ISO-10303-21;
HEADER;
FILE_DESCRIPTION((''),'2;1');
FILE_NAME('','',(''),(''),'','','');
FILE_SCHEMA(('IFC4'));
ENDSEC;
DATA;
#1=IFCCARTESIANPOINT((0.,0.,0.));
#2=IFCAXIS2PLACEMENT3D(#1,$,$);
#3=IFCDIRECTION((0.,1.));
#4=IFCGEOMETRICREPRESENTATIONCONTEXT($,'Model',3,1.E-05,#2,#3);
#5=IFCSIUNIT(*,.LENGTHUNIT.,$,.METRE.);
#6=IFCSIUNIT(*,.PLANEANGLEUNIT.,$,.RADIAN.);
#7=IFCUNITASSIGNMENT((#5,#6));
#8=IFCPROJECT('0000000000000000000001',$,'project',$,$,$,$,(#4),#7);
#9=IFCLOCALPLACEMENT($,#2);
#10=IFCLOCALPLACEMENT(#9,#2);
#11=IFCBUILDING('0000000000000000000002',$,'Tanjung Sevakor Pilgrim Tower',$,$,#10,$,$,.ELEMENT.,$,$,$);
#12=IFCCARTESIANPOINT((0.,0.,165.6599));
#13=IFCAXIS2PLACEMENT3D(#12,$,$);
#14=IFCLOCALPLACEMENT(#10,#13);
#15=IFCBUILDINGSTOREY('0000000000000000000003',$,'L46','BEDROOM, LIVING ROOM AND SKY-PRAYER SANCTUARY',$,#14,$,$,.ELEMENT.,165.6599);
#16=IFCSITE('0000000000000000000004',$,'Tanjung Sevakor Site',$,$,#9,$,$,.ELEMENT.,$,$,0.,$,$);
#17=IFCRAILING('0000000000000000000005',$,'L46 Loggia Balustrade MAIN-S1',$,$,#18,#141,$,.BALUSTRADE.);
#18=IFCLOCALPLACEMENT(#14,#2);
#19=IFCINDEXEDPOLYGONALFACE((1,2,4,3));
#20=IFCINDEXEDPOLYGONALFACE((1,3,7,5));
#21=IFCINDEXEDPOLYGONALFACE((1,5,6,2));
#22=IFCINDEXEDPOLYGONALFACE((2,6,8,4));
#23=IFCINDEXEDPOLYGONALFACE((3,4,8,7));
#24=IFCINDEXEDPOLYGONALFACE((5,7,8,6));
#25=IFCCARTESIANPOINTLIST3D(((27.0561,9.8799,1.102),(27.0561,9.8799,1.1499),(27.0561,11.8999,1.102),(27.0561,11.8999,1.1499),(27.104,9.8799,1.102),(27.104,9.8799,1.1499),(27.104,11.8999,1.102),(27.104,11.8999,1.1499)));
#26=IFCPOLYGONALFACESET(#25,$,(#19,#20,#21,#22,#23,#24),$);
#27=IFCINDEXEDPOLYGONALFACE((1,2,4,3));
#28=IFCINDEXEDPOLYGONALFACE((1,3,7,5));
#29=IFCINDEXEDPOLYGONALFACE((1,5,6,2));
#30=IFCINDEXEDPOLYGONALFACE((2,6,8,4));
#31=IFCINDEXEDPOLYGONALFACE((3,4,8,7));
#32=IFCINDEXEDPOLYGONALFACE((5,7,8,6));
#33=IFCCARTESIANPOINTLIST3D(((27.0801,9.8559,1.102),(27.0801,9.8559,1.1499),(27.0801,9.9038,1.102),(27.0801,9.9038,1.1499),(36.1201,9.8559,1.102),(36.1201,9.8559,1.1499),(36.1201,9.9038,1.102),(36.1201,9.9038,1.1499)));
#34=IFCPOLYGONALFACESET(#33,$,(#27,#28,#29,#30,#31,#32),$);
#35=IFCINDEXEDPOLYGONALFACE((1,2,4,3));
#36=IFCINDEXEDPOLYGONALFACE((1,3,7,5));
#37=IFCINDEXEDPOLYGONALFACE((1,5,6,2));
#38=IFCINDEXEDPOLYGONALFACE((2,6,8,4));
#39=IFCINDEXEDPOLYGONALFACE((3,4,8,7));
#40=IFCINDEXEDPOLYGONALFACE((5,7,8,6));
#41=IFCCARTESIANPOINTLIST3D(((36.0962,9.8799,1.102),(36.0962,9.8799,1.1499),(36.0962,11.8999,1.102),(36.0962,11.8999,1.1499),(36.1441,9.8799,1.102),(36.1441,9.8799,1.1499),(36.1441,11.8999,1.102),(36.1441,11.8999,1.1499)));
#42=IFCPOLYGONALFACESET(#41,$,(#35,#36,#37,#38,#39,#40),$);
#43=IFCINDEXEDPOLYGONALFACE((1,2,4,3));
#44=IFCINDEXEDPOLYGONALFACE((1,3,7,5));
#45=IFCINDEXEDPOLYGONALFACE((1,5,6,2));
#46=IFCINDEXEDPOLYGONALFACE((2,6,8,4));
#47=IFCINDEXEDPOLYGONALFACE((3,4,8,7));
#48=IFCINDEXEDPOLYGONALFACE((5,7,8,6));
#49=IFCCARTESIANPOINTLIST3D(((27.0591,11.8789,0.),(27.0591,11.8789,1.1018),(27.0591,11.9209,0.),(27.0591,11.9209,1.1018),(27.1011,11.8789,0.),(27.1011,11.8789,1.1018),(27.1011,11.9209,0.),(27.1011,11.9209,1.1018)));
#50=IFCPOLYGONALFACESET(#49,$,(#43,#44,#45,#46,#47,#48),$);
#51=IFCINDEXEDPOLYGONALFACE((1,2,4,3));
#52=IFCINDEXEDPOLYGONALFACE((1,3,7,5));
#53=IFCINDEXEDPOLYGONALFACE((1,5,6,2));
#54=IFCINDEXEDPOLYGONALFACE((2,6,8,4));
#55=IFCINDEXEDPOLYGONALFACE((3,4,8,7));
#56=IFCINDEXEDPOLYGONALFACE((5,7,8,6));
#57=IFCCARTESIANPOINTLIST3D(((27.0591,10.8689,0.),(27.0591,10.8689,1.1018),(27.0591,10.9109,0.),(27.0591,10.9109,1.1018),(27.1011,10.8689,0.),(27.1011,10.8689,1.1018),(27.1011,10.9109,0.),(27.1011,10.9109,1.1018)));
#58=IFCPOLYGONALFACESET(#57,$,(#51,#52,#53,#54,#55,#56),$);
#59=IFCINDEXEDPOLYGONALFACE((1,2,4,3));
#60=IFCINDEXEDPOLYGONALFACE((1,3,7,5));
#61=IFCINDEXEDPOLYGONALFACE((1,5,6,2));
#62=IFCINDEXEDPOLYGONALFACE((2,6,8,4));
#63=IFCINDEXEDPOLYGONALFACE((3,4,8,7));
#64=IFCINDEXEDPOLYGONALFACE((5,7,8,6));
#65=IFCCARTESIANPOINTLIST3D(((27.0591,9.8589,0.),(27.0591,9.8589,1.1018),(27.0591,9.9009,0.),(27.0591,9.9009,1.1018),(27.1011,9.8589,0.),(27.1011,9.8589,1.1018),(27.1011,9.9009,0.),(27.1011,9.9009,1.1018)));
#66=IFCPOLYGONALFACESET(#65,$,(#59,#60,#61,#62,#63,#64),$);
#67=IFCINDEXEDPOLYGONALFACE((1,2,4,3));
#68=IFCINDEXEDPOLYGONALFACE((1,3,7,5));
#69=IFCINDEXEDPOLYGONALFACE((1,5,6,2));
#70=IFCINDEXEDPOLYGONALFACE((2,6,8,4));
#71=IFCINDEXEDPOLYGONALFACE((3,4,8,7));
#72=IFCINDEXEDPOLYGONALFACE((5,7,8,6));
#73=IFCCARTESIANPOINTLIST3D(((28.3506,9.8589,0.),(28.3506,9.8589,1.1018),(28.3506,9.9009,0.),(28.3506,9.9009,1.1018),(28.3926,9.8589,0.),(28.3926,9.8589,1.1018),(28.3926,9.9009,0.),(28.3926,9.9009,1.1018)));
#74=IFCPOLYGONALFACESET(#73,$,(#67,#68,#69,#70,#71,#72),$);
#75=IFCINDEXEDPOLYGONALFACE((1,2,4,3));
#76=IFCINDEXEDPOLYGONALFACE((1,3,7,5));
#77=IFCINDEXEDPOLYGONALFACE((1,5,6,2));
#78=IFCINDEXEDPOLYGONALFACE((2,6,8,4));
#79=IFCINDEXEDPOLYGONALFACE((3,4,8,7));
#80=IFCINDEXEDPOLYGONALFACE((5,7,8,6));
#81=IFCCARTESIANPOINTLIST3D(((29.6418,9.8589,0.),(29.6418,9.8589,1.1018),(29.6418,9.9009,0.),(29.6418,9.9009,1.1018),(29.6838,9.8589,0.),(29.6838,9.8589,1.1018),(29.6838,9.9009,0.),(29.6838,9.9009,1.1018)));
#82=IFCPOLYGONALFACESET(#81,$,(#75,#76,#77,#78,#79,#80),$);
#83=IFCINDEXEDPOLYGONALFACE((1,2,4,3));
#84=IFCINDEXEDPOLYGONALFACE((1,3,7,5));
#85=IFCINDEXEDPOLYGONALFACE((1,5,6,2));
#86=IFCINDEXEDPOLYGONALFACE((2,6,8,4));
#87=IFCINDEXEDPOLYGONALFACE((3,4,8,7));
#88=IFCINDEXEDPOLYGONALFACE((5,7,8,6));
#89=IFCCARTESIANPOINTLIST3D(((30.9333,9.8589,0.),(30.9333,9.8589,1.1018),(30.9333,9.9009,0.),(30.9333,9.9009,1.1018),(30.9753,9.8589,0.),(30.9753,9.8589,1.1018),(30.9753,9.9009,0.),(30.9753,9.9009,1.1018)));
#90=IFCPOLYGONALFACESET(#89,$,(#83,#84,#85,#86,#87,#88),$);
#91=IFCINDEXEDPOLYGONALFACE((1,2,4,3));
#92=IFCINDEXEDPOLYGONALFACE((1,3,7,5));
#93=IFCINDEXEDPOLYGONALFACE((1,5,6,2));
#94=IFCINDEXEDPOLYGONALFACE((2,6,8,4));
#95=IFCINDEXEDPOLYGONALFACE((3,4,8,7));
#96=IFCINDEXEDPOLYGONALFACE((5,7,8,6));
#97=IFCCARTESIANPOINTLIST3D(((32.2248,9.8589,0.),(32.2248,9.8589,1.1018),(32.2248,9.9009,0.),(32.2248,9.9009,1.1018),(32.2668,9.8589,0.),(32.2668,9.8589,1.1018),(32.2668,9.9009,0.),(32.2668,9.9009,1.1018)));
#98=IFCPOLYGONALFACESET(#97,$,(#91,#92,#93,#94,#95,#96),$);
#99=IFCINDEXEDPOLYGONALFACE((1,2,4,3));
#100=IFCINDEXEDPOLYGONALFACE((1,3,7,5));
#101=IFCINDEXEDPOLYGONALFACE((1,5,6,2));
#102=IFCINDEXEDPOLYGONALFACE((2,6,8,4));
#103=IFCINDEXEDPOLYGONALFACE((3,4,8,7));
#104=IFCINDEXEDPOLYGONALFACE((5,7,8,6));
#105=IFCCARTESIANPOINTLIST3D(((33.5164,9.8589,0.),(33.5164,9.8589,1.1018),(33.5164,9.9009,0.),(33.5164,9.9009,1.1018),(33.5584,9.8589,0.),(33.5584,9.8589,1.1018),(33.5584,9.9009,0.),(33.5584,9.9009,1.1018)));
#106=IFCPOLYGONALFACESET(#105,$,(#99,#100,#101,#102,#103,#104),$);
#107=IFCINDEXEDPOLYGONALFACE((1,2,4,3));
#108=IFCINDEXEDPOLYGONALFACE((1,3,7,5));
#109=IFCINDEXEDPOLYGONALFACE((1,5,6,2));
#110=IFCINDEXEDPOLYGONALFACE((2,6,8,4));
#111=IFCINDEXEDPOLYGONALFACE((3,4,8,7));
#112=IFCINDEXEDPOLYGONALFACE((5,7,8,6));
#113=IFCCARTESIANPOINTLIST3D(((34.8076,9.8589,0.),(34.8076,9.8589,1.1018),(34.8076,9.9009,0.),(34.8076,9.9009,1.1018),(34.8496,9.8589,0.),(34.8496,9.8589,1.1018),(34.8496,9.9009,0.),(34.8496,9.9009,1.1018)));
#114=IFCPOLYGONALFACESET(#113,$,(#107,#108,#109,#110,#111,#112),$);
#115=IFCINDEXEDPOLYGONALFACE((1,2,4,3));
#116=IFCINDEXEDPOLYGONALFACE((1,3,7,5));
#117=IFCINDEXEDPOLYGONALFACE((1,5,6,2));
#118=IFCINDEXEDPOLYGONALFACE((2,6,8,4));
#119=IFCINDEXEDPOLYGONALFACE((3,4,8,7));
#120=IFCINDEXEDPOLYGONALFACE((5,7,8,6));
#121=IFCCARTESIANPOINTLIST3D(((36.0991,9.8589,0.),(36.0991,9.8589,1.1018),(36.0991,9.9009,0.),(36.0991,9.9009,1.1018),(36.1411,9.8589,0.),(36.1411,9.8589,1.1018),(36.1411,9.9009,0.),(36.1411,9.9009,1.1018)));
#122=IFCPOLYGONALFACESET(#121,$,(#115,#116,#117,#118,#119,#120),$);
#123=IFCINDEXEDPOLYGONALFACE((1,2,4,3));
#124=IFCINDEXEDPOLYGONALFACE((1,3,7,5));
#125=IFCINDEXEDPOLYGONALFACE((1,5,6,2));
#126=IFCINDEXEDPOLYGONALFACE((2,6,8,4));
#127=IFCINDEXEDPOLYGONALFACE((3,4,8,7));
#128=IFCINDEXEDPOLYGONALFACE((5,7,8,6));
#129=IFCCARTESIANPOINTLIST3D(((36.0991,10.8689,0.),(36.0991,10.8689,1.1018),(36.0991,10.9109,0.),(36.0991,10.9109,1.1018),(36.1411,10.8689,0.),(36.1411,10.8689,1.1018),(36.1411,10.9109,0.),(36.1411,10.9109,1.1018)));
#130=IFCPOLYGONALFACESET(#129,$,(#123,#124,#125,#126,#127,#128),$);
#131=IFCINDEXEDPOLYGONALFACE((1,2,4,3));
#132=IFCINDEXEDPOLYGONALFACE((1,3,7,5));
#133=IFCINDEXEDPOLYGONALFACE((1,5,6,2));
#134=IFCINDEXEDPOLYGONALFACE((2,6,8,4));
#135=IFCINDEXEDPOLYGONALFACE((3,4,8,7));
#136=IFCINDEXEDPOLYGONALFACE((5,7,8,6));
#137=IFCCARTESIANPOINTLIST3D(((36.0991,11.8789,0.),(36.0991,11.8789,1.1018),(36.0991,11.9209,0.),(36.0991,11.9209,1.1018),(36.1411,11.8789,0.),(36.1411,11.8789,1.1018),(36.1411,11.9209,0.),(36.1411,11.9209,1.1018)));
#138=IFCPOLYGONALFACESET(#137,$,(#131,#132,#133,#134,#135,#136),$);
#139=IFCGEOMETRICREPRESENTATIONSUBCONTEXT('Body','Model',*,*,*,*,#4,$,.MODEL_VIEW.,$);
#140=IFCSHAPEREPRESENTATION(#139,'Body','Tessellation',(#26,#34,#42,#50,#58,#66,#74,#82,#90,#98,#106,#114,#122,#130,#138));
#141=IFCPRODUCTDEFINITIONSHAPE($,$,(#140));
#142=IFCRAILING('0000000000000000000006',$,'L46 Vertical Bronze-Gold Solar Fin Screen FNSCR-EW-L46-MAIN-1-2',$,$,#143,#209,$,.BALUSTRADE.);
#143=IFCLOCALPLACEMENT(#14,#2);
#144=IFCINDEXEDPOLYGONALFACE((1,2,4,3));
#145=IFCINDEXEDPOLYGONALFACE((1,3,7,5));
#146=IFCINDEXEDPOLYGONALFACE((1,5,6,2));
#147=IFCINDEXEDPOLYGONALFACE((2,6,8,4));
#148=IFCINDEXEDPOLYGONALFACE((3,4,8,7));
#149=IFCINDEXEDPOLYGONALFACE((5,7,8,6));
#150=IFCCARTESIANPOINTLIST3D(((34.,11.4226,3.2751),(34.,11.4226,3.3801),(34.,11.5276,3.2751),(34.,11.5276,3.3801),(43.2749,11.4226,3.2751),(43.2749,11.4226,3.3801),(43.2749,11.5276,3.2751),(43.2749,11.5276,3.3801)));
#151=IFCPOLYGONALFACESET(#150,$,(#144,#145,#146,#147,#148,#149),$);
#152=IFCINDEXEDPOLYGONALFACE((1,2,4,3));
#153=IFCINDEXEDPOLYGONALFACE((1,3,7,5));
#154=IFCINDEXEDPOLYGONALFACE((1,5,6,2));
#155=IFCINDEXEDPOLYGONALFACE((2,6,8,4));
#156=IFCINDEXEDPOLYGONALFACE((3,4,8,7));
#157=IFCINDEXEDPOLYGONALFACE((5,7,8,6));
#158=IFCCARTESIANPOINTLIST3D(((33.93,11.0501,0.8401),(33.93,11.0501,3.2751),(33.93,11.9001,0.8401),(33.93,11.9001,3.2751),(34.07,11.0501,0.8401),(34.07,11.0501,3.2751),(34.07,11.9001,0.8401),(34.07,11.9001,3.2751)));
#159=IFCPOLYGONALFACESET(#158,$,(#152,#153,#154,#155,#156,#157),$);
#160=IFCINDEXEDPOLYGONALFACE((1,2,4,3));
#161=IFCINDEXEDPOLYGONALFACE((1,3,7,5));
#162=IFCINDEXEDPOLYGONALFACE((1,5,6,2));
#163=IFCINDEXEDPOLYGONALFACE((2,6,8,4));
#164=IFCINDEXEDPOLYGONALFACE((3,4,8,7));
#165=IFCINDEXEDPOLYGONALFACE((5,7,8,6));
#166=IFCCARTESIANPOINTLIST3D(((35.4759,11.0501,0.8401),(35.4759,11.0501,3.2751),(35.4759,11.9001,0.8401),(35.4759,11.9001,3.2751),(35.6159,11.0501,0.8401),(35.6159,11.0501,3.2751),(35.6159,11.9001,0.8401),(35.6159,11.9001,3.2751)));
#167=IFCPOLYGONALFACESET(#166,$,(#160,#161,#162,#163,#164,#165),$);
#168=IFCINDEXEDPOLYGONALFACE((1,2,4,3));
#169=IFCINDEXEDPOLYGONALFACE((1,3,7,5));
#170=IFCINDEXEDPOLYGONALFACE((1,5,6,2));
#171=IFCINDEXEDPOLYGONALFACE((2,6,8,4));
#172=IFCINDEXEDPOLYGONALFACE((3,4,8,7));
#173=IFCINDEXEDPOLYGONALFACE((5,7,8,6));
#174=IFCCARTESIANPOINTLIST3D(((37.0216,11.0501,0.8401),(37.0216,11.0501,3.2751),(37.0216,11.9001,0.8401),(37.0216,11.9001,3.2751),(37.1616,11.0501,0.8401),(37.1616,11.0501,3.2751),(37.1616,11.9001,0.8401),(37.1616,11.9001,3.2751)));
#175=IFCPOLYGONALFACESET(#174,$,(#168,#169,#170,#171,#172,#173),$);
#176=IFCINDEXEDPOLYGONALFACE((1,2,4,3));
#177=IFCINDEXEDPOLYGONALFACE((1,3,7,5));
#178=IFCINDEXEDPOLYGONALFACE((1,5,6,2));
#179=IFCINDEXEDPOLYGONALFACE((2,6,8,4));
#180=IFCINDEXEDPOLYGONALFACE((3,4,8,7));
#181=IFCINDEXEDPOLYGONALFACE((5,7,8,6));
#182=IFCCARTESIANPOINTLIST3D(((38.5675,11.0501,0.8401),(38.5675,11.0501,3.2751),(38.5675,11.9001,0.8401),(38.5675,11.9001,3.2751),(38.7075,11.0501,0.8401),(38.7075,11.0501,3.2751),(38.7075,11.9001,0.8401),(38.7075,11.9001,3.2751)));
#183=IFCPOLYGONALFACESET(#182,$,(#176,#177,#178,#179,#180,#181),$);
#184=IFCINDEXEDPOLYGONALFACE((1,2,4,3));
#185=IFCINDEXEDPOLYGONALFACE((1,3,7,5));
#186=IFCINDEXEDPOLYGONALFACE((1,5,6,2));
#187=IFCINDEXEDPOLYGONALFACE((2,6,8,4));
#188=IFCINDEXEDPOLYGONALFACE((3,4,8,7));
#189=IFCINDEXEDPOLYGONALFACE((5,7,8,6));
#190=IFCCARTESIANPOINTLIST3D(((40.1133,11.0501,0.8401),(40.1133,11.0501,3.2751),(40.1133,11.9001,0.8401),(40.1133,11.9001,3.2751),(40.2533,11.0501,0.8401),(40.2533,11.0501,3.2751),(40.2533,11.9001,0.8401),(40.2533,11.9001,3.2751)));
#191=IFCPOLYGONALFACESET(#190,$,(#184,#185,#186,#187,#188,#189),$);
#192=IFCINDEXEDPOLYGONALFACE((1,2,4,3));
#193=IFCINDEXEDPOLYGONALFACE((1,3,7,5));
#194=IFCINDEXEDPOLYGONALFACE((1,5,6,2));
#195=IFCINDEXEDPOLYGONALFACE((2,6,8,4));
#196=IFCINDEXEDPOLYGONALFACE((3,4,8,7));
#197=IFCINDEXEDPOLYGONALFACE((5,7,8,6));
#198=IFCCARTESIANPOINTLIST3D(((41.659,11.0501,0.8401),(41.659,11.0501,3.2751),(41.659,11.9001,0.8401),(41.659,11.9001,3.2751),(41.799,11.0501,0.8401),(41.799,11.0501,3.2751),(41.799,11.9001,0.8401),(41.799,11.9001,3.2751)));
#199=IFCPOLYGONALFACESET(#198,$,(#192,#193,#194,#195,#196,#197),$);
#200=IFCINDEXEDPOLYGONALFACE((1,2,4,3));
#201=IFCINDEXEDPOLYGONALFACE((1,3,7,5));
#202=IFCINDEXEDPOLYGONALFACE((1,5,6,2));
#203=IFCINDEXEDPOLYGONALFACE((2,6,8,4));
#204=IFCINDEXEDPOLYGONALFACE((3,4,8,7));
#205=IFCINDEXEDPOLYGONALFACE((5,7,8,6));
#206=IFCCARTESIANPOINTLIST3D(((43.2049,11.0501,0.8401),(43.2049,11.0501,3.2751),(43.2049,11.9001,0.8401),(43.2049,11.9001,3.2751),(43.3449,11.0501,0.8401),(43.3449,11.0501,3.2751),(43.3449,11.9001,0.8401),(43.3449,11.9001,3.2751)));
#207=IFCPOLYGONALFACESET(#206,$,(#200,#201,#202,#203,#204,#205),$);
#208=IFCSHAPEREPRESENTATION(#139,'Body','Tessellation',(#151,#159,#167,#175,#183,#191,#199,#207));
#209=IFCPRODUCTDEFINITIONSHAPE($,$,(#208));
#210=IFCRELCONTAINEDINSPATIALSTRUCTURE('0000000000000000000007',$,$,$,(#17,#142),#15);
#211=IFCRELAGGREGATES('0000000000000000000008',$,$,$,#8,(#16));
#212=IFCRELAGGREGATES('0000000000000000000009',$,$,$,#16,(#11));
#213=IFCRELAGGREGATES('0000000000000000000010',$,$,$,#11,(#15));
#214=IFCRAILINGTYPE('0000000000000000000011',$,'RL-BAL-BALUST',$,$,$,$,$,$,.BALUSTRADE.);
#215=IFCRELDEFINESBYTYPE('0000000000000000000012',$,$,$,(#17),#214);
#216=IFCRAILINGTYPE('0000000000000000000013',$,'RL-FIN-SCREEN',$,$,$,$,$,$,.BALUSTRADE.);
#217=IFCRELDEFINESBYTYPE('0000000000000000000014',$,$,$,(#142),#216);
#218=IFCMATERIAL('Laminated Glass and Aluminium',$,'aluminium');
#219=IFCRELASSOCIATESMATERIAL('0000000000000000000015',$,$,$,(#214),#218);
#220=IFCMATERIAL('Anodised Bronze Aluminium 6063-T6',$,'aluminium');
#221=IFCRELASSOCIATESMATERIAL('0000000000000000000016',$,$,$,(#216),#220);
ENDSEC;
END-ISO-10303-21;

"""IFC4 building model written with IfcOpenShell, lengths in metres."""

from ifc_helpers import new_model, si_unit, direction, frame, origin, place, context, subcontext, project, spatial, rectangle, extrude, material, type_object, element, save


model = new_model("IFC4")

# Units and contexts
model_context = context("Model", 3, precision=1e-05, world=origin(), true_north=direction((0.0, 1.0)))
body_context = subcontext(model_context, "Body", "Model", "MODEL_VIEW")
ifc_project = project(units=[si_unit("LENGTHUNIT", "METRE"), si_unit("PLANEANGLEUNIT", "RADIAN")], contexts=[model_context])

# Site, building, storey
site_placement = place(None, origin())
site = spatial("IfcSite", under=ifc_project, at=site_placement, Name="Tanjung Sevakor Site", CompositionType="ELEMENT", RefElevation=0.0)
building_placement = place(site_placement, origin())
building = spatial("IfcBuilding", under=site, at=building_placement, Name="Tanjung Sevakor Pilgrim Tower", CompositionType="ELEMENT")
storey_placement = place(building_placement, frame((0.0, 0.0, 165.6599)))
storey = spatial("IfcBuildingStorey", under=building, at=storey_placement, Name="L46", Description="BEDROOM, LIVING ROOM AND SKY-PRAYER SANCTUARY", CompositionType="ELEMENT", Elevation=165.6599)

# Railings
ifc_material_1 = material(Name="Laminated Glass and Aluminium", Category="aluminium")
railing_type_1 = type_object("IfcRailingType", Name="RL-BAL-BALUST", PredefinedType="BALUSTRADE", material=ifc_material_1)
railing_1_placement = place(storey_placement, frame((27.0801, 11.8999, 0.0)))
element("IfcRailing", 1, at=railing_1_placement, inside=storey, type_object=railing_type_1, Name="L46 Loggia Balustrade MAIN-S1", PredefinedType="BALUSTRADE", context=body_context, shape_type="SweptSolid", body=[
    extrude(rectangle(XDim=0.0479, YDim=0.0479), frame((0.0, 0.0, 1.126), z_axis=(0.0, -1.0, 0.0), x_axis=(1.0, 0.0, 0.0)), (0.0, 0.0, 1.0), 2.02),
    extrude(rectangle(XDim=0.0479, YDim=0.0479), frame((0.0, -2.02, 1.126), z_axis=(1.0, 0.0, 0.0), x_axis=(0.0, 1.0, 0.0)), (0.0, 0.0, 1.0), 9.04),
    extrude(rectangle(XDim=0.0479, YDim=0.0479), frame((9.04, -2.02, 1.126), z_axis=(0.0, 1.0, 0.0), x_axis=(-1.0, 0.0, 0.0)), (0.0, 0.0, 1.0), 2.02),
    extrude(rectangle(XDim=0.042, YDim=0.042), origin(), (0.0, 0.0, 1.0), 1.1018),
    extrude(rectangle(XDim=0.042, YDim=0.042), frame((0.0, -1.01, 0.0)), (0.0, 0.0, 1.0), 1.1018),
    extrude(rectangle(XDim=0.042, YDim=0.042), frame((0.0, -2.02, 0.0)), (0.0, 0.0, 1.0), 1.1018),
    extrude(rectangle(XDim=0.042, YDim=0.042), frame((1.2915, -2.02, 0.0)), (0.0, 0.0, 1.0), 1.1018),
    extrude(rectangle(XDim=0.042, YDim=0.042), frame((2.5828, -2.02, 0.0)), (0.0, 0.0, 1.0), 1.1018),
    extrude(rectangle(XDim=0.042, YDim=0.042), frame((3.8743, -2.02, 0.0)), (0.0, 0.0, 1.0), 1.1018),
    extrude(rectangle(XDim=0.042, YDim=0.042), frame((5.1658, -2.02, 0.0)), (0.0, 0.0, 1.0), 1.1018),
    extrude(rectangle(XDim=0.042, YDim=0.042), frame((6.4573, -2.02, 0.0)), (0.0, 0.0, 1.0), 1.1018),
    extrude(rectangle(XDim=0.042, YDim=0.042), frame((7.7485, -2.02, 0.0)), (0.0, 0.0, 1.0), 1.1018),
    extrude(rectangle(XDim=0.042, YDim=0.042), frame((9.04, -2.02, 0.0)), (0.0, 0.0, 1.0), 1.1018),
    extrude(rectangle(XDim=0.042, YDim=0.042), frame((9.04, -1.01, 0.0)), (0.0, 0.0, 1.0), 1.1018),
    extrude(rectangle(XDim=0.042, YDim=0.042), frame((9.04, 0.0, 0.0)), (0.0, 0.0, 1.0), 1.1018),
])
ifc_material_2 = material(Name="Anodised Bronze Aluminium 6063-T6", Category="aluminium")
railing_type_2 = type_object("IfcRailingType", Name="RL-FIN-SCREEN", PredefinedType="BALUSTRADE", material=ifc_material_2)
railing_2_placement = place(storey_placement, frame((34.0, 11.4751, 0.8401)))
element("IfcRailing", 2, at=railing_2_placement, inside=storey, type_object=railing_type_2, Name="L46 Vertical Bronze-Gold Solar Fin Screen FNSCR-EW-L46-MAIN-1-2", PredefinedType="BALUSTRADE", context=body_context, shape_type="SweptSolid", body=[
    extrude(rectangle(XDim=0.105, YDim=0.105), frame((0.0, 0.0, 2.4875), z_axis=(1.0, 0.0, 0.0), x_axis=(0.0, 1.0, 0.0)), (0.0, 0.0, 1.0), 9.2749),
    extrude(rectangle(XDim=0.14, YDim=0.85), origin(), (0.0, 0.0, 1.0), 2.4351),
    extrude(rectangle(XDim=0.14, YDim=0.85), frame((1.5459, 0.0, 0.0)), (0.0, 0.0, 1.0), 2.4351),
    extrude(rectangle(XDim=0.14, YDim=0.85), frame((3.0916, 0.0, 0.0)), (0.0, 0.0, 1.0), 2.4351),
    extrude(rectangle(XDim=0.14, YDim=0.85), frame((4.6375, 0.0, 0.0)), (0.0, 0.0, 1.0), 2.4351),
    extrude(rectangle(XDim=0.14, YDim=0.85), frame((6.1833, 0.0, 0.0)), (0.0, 0.0, 1.0), 2.4351),
    extrude(rectangle(XDim=0.14, YDim=0.85), frame((7.729, 0.0, 0.0)), (0.0, 0.0, 1.0), 2.4351),
    extrude(rectangle(XDim=0.14, YDim=0.85), frame((9.2749, 0.0, 0.0)), (0.0, 0.0, 1.0), 2.4351),
])

save(model, "model.ifc")
